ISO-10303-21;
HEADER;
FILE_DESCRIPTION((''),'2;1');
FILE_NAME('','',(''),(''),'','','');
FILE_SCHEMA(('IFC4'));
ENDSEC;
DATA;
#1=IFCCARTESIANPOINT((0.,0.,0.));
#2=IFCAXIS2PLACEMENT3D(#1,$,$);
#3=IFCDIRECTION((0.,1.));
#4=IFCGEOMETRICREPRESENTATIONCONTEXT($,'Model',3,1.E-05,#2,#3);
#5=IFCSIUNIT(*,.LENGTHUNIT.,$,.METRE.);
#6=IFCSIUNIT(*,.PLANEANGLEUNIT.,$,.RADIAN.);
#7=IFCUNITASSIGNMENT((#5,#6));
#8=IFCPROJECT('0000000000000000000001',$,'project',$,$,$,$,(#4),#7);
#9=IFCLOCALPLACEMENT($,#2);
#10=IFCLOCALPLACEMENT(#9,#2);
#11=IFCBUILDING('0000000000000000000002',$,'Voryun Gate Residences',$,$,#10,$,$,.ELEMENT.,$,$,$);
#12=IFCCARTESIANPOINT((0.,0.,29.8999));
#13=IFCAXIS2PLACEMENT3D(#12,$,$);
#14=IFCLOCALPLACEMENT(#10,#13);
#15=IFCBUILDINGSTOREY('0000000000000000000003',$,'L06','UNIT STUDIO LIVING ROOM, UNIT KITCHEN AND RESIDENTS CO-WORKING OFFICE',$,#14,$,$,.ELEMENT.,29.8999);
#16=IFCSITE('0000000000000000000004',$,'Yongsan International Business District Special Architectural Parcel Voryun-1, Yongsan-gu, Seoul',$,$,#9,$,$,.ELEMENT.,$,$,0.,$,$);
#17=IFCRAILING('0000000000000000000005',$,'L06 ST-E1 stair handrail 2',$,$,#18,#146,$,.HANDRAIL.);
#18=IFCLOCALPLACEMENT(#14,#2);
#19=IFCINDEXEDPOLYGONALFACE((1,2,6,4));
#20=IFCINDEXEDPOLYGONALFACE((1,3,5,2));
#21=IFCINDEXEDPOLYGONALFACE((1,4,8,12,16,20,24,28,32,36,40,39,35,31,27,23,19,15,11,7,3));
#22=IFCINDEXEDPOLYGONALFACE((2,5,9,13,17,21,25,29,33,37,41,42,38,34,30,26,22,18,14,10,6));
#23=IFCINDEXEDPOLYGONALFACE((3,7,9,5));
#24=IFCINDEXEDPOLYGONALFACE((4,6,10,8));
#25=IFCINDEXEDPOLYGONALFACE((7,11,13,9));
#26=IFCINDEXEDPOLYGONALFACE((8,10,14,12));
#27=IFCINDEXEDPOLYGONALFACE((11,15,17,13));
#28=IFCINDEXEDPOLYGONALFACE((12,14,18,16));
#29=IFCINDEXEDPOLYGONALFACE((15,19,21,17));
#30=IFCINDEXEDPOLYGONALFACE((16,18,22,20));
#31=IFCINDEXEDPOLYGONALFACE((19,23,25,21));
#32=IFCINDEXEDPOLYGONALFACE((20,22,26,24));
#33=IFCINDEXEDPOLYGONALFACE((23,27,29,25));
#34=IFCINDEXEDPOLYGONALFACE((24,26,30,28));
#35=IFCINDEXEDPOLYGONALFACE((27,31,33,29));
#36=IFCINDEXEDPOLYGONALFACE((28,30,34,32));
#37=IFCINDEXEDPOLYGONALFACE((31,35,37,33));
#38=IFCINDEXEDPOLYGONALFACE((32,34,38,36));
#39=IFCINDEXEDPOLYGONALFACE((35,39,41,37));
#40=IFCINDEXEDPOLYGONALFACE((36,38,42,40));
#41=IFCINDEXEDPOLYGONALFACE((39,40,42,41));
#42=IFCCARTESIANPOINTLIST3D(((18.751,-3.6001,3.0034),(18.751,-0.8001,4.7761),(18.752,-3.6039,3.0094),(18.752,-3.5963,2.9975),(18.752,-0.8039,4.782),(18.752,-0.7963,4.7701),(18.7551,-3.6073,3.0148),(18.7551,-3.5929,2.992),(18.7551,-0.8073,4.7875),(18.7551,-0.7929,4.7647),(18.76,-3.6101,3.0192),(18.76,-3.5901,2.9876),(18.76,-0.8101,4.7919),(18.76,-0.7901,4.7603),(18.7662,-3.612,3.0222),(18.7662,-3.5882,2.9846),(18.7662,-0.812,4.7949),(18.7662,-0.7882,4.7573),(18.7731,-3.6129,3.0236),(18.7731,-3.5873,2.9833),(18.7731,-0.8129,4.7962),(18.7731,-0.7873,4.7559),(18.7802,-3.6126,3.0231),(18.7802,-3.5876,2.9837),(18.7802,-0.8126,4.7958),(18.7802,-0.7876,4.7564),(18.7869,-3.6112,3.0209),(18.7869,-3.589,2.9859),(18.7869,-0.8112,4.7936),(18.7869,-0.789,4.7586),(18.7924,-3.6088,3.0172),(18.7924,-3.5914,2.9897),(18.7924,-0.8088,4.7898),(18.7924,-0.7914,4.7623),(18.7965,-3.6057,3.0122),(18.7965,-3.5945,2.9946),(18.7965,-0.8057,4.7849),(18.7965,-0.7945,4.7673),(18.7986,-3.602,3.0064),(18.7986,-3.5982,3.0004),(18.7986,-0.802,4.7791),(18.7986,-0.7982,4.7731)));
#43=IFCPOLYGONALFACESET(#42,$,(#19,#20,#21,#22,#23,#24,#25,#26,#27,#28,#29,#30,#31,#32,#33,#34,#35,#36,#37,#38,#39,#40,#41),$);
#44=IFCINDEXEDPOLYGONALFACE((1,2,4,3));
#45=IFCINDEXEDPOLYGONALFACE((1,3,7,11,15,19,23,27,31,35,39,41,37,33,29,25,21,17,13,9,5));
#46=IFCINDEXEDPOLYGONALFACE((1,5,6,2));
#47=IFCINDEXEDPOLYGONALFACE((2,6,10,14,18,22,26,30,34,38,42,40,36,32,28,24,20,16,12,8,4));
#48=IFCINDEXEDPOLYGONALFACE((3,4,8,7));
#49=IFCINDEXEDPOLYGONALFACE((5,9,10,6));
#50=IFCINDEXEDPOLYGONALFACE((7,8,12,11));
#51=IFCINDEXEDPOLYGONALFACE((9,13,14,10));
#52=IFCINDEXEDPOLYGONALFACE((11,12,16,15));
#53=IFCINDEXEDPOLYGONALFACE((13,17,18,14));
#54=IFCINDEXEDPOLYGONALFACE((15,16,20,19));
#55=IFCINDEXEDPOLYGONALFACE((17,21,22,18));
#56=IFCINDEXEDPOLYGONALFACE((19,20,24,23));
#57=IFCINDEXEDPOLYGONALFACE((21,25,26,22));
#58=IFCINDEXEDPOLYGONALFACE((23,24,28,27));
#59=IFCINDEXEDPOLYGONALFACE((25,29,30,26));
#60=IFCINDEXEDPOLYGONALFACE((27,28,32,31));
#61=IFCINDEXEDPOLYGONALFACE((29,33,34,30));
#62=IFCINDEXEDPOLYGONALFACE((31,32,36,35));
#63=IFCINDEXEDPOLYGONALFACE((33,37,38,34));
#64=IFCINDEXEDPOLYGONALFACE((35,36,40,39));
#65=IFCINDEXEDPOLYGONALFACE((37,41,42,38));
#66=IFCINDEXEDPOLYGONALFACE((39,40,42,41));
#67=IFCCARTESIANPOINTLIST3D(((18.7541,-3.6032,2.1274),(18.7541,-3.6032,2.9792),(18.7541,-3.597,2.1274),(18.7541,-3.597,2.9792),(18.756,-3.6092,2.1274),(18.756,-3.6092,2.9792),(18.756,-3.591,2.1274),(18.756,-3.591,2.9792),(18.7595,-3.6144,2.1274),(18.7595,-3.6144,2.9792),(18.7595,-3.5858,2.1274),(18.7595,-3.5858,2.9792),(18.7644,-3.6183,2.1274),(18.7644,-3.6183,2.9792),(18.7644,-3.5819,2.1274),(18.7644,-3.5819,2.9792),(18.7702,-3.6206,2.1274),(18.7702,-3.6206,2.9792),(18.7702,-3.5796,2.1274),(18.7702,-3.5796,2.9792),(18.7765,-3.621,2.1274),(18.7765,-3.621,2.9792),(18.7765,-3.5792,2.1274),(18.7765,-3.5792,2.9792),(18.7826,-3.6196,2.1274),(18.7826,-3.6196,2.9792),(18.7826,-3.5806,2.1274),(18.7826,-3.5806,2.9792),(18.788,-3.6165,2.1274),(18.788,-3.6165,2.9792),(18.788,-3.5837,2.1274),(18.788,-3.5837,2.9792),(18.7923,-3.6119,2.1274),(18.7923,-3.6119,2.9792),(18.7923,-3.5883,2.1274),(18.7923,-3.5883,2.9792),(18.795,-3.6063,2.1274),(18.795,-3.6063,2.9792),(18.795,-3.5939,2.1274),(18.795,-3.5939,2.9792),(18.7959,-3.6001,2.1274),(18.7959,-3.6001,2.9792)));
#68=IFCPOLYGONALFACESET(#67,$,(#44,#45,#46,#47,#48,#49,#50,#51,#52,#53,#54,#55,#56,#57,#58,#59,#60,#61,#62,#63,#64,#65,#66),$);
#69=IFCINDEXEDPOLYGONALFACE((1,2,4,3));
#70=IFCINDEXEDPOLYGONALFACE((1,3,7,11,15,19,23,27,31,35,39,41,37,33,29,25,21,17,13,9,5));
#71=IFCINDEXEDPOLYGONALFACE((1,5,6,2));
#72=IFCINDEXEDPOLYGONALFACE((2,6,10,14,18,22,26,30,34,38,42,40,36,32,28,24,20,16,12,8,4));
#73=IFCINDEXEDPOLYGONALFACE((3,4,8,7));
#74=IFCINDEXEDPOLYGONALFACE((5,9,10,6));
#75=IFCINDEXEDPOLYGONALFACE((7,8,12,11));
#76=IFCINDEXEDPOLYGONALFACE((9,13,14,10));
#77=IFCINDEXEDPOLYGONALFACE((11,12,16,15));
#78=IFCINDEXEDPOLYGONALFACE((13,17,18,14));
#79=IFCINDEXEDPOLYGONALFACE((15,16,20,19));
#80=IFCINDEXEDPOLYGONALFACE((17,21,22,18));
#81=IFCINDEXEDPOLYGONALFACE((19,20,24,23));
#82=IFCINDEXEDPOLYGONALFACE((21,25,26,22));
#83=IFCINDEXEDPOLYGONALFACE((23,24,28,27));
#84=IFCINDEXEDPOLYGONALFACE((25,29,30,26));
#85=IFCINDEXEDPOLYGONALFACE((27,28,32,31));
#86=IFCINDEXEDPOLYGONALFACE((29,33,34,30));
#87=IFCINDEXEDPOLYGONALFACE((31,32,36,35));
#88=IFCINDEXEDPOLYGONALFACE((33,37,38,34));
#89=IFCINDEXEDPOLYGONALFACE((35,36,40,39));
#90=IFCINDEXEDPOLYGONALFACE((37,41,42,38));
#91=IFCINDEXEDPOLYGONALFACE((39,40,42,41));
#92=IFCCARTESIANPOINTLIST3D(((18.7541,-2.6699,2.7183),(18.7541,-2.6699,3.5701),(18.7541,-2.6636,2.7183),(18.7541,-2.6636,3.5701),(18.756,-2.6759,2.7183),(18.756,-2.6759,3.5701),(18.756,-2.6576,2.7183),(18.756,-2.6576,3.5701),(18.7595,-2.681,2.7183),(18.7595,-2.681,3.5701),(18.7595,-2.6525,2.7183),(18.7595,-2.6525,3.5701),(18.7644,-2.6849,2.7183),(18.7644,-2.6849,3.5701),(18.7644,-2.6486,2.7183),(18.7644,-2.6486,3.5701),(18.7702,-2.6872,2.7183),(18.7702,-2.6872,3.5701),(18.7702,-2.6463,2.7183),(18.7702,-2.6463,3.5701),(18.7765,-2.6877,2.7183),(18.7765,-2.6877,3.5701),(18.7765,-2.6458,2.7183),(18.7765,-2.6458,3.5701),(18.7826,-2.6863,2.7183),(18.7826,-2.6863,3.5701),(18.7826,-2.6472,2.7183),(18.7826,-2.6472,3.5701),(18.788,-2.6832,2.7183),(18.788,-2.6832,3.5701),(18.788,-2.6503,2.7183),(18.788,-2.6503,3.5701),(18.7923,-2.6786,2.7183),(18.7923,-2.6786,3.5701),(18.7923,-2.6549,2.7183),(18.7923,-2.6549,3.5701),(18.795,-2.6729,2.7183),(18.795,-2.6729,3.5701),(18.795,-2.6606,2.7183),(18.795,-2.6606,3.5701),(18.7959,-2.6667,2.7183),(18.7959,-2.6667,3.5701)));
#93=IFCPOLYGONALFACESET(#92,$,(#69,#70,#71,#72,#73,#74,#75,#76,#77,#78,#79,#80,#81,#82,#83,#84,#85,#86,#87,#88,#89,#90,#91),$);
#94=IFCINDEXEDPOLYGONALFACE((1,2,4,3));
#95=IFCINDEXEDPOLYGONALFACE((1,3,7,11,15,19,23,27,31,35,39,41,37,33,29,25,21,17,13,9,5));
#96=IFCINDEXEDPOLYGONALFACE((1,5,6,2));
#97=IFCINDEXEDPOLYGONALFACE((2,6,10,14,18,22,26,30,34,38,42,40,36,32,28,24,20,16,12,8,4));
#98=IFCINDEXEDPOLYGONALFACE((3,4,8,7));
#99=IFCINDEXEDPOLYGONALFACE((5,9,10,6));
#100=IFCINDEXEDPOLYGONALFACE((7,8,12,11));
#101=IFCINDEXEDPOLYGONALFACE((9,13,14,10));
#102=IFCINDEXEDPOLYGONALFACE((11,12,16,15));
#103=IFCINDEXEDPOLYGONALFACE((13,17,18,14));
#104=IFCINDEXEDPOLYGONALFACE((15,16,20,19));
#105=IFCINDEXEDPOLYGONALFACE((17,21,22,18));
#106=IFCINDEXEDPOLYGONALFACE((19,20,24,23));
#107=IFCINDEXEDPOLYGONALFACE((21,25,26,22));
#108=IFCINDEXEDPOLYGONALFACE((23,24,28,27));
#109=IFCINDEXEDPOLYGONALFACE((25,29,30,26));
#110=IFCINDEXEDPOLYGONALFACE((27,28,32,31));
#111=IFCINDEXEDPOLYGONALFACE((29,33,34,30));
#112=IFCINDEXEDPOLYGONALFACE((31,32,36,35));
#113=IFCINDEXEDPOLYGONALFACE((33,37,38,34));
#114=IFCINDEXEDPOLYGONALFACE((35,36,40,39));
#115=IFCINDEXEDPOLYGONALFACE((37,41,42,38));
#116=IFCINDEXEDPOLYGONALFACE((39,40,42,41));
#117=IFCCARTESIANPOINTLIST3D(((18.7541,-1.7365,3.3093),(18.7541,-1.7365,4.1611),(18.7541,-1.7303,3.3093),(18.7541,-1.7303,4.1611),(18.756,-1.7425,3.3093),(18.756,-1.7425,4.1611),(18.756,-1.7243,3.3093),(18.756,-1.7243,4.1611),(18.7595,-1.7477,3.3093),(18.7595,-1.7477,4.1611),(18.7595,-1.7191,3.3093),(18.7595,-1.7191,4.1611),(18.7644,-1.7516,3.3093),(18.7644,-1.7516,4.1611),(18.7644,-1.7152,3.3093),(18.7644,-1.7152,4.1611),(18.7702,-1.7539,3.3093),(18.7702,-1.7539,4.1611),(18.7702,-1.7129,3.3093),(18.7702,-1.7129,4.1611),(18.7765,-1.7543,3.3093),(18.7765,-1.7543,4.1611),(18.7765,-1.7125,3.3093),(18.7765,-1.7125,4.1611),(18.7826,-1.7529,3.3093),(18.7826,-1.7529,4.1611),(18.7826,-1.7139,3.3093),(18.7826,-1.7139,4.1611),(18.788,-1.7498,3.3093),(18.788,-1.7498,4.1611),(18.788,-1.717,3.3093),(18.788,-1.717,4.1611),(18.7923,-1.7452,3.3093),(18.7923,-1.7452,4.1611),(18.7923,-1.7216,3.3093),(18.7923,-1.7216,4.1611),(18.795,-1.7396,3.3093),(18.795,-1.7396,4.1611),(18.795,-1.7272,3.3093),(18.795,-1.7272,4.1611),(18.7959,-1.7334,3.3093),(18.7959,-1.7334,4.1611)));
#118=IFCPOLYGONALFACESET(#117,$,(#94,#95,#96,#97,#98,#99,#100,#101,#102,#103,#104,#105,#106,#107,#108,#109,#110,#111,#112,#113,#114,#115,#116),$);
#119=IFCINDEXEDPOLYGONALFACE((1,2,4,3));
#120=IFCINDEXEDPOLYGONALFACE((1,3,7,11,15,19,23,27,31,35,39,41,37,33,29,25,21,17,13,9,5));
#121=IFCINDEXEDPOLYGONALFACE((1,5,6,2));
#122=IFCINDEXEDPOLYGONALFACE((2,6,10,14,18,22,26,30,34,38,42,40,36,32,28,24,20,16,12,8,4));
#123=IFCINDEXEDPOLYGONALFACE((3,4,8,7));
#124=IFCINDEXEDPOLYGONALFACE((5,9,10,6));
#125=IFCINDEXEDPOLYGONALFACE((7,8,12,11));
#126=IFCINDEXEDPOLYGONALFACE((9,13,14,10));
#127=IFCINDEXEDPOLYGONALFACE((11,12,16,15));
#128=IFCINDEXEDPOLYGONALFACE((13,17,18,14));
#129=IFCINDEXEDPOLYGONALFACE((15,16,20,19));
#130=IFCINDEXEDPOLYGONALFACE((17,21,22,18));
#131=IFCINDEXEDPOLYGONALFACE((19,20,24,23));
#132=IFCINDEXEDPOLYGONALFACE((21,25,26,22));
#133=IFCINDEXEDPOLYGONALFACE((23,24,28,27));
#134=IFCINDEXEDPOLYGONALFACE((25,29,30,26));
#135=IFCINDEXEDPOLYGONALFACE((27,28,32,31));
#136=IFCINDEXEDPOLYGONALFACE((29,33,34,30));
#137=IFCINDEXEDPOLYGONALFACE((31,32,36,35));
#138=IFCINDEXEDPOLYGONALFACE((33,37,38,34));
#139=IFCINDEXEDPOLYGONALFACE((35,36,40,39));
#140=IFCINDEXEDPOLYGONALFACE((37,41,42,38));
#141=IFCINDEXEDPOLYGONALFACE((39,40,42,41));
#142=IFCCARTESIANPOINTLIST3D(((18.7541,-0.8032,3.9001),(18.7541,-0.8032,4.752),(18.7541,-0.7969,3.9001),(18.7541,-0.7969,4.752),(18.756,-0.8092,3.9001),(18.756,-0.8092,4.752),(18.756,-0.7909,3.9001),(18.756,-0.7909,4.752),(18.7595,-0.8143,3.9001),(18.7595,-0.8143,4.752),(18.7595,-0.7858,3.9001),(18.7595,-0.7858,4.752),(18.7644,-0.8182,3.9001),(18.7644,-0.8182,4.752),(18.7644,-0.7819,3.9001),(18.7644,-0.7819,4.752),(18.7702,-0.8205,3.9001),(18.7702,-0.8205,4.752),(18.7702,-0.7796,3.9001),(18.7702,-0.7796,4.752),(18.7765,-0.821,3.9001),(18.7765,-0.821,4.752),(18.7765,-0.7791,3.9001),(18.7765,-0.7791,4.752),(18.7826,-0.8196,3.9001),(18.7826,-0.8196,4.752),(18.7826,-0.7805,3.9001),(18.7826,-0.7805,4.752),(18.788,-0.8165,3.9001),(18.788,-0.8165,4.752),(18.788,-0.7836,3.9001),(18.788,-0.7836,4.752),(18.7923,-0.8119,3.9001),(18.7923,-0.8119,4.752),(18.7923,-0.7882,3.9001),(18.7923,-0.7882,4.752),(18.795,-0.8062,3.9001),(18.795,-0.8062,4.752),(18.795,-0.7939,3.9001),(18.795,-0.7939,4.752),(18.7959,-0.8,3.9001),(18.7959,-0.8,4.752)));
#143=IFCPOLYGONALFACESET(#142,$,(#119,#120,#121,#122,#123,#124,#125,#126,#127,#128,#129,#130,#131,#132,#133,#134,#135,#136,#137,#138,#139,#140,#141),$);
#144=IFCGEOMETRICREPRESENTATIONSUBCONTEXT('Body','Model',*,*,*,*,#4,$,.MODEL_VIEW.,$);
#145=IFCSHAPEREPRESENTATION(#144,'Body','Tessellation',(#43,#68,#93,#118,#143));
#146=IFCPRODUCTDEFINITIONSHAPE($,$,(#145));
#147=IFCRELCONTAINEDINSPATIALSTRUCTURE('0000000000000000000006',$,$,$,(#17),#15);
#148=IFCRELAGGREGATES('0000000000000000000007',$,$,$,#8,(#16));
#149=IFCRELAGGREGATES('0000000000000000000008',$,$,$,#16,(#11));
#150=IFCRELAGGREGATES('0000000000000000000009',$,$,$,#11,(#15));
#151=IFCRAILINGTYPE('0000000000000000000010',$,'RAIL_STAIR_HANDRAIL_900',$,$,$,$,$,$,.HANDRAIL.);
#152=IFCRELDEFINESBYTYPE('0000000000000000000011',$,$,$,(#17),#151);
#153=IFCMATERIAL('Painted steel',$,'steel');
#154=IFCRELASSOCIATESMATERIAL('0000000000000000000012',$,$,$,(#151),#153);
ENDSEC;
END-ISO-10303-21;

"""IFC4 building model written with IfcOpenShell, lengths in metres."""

from ifc_helpers import new_model, si_unit, direction, frame, origin, origin_2d, place, context, subcontext, project, spatial, circle, extrude, material, type_object, element, save


model = new_model("IFC4")

# Units and contexts
model_context = context("Model", 3, precision=1e-05, world=origin(), true_north=direction((0.0, 1.0)))
body_context = subcontext(model_context, "Body", "Model", "MODEL_VIEW")
ifc_project = project(units=[si_unit("LENGTHUNIT", "METRE"), si_unit("PLANEANGLEUNIT", "RADIAN")], contexts=[model_context])

# Site, building, storey
site_placement = place(None, origin())
site = spatial("IfcSite", under=ifc_project, at=site_placement, Name="Yongsan International Business District Special Architectural Parcel Voryun-1, Yongsan-gu, Seoul", CompositionType="ELEMENT", RefElevation=0.0)
building_placement = place(site_placement, origin())
building = spatial("IfcBuilding", under=site, at=building_placement, Name="Voryun Gate Residences", CompositionType="ELEMENT")
storey_placement = place(building_placement, frame((0.0, 0.0, 29.8999)))
storey = spatial("IfcBuildingStorey", under=building, at=storey_placement, Name="L06", Description="UNIT STUDIO LIVING ROOM, UNIT KITCHEN AND RESIDENTS CO-WORKING OFFICE", CompositionType="ELEMENT", Elevation=29.8999)

# Railing
ifc_material_1 = material(Name="Painted steel", Category="steel")
railing_type_1 = type_object("IfcRailingType", Name="RAIL_STAIR_HANDRAIL_900", PredefinedType="HANDRAIL", material=ifc_material_1)
railing_1_placement = place(storey_placement, frame((18.7749, -3.6001, 2.1274)))
element("IfcRailing", 1, at=railing_1_placement, inside=storey, type_object=railing_type_1, Name="L06 ST-E1 stair handrail 2", PredefinedType="HANDRAIL", context=body_context, shape_type="SweptSolid", body=[
    extrude(circle(Radius=0.0239, at=origin_2d()), frame((0.0, 0.0, 0.876), z_axis=(0.0, 0.844909, 0.53491), x_axis=(-1.0, 0.0, 0.0)), (0.0, 0.0, 1.0), 3.314),
    extrude(circle(Radius=0.021, at=origin_2d()), origin(), (0.0, 0.0, 1.0), 0.8518),
    extrude(circle(Radius=0.021, at=origin_2d()), frame((0.0, 0.9333, 0.5908)), (0.0, 0.0, 1.0), 0.8518),
    extrude(circle(Radius=0.021, at=origin_2d()), frame((0.0, 1.8667, 1.1819)), (0.0, 0.0, 1.0), 0.8518),
    extrude(circle(Radius=0.021, at=origin_2d()), frame((0.0, 2.8, 1.7727)), (0.0, 0.0, 1.0), 0.8518),
])

save(model, "model.ifc")
